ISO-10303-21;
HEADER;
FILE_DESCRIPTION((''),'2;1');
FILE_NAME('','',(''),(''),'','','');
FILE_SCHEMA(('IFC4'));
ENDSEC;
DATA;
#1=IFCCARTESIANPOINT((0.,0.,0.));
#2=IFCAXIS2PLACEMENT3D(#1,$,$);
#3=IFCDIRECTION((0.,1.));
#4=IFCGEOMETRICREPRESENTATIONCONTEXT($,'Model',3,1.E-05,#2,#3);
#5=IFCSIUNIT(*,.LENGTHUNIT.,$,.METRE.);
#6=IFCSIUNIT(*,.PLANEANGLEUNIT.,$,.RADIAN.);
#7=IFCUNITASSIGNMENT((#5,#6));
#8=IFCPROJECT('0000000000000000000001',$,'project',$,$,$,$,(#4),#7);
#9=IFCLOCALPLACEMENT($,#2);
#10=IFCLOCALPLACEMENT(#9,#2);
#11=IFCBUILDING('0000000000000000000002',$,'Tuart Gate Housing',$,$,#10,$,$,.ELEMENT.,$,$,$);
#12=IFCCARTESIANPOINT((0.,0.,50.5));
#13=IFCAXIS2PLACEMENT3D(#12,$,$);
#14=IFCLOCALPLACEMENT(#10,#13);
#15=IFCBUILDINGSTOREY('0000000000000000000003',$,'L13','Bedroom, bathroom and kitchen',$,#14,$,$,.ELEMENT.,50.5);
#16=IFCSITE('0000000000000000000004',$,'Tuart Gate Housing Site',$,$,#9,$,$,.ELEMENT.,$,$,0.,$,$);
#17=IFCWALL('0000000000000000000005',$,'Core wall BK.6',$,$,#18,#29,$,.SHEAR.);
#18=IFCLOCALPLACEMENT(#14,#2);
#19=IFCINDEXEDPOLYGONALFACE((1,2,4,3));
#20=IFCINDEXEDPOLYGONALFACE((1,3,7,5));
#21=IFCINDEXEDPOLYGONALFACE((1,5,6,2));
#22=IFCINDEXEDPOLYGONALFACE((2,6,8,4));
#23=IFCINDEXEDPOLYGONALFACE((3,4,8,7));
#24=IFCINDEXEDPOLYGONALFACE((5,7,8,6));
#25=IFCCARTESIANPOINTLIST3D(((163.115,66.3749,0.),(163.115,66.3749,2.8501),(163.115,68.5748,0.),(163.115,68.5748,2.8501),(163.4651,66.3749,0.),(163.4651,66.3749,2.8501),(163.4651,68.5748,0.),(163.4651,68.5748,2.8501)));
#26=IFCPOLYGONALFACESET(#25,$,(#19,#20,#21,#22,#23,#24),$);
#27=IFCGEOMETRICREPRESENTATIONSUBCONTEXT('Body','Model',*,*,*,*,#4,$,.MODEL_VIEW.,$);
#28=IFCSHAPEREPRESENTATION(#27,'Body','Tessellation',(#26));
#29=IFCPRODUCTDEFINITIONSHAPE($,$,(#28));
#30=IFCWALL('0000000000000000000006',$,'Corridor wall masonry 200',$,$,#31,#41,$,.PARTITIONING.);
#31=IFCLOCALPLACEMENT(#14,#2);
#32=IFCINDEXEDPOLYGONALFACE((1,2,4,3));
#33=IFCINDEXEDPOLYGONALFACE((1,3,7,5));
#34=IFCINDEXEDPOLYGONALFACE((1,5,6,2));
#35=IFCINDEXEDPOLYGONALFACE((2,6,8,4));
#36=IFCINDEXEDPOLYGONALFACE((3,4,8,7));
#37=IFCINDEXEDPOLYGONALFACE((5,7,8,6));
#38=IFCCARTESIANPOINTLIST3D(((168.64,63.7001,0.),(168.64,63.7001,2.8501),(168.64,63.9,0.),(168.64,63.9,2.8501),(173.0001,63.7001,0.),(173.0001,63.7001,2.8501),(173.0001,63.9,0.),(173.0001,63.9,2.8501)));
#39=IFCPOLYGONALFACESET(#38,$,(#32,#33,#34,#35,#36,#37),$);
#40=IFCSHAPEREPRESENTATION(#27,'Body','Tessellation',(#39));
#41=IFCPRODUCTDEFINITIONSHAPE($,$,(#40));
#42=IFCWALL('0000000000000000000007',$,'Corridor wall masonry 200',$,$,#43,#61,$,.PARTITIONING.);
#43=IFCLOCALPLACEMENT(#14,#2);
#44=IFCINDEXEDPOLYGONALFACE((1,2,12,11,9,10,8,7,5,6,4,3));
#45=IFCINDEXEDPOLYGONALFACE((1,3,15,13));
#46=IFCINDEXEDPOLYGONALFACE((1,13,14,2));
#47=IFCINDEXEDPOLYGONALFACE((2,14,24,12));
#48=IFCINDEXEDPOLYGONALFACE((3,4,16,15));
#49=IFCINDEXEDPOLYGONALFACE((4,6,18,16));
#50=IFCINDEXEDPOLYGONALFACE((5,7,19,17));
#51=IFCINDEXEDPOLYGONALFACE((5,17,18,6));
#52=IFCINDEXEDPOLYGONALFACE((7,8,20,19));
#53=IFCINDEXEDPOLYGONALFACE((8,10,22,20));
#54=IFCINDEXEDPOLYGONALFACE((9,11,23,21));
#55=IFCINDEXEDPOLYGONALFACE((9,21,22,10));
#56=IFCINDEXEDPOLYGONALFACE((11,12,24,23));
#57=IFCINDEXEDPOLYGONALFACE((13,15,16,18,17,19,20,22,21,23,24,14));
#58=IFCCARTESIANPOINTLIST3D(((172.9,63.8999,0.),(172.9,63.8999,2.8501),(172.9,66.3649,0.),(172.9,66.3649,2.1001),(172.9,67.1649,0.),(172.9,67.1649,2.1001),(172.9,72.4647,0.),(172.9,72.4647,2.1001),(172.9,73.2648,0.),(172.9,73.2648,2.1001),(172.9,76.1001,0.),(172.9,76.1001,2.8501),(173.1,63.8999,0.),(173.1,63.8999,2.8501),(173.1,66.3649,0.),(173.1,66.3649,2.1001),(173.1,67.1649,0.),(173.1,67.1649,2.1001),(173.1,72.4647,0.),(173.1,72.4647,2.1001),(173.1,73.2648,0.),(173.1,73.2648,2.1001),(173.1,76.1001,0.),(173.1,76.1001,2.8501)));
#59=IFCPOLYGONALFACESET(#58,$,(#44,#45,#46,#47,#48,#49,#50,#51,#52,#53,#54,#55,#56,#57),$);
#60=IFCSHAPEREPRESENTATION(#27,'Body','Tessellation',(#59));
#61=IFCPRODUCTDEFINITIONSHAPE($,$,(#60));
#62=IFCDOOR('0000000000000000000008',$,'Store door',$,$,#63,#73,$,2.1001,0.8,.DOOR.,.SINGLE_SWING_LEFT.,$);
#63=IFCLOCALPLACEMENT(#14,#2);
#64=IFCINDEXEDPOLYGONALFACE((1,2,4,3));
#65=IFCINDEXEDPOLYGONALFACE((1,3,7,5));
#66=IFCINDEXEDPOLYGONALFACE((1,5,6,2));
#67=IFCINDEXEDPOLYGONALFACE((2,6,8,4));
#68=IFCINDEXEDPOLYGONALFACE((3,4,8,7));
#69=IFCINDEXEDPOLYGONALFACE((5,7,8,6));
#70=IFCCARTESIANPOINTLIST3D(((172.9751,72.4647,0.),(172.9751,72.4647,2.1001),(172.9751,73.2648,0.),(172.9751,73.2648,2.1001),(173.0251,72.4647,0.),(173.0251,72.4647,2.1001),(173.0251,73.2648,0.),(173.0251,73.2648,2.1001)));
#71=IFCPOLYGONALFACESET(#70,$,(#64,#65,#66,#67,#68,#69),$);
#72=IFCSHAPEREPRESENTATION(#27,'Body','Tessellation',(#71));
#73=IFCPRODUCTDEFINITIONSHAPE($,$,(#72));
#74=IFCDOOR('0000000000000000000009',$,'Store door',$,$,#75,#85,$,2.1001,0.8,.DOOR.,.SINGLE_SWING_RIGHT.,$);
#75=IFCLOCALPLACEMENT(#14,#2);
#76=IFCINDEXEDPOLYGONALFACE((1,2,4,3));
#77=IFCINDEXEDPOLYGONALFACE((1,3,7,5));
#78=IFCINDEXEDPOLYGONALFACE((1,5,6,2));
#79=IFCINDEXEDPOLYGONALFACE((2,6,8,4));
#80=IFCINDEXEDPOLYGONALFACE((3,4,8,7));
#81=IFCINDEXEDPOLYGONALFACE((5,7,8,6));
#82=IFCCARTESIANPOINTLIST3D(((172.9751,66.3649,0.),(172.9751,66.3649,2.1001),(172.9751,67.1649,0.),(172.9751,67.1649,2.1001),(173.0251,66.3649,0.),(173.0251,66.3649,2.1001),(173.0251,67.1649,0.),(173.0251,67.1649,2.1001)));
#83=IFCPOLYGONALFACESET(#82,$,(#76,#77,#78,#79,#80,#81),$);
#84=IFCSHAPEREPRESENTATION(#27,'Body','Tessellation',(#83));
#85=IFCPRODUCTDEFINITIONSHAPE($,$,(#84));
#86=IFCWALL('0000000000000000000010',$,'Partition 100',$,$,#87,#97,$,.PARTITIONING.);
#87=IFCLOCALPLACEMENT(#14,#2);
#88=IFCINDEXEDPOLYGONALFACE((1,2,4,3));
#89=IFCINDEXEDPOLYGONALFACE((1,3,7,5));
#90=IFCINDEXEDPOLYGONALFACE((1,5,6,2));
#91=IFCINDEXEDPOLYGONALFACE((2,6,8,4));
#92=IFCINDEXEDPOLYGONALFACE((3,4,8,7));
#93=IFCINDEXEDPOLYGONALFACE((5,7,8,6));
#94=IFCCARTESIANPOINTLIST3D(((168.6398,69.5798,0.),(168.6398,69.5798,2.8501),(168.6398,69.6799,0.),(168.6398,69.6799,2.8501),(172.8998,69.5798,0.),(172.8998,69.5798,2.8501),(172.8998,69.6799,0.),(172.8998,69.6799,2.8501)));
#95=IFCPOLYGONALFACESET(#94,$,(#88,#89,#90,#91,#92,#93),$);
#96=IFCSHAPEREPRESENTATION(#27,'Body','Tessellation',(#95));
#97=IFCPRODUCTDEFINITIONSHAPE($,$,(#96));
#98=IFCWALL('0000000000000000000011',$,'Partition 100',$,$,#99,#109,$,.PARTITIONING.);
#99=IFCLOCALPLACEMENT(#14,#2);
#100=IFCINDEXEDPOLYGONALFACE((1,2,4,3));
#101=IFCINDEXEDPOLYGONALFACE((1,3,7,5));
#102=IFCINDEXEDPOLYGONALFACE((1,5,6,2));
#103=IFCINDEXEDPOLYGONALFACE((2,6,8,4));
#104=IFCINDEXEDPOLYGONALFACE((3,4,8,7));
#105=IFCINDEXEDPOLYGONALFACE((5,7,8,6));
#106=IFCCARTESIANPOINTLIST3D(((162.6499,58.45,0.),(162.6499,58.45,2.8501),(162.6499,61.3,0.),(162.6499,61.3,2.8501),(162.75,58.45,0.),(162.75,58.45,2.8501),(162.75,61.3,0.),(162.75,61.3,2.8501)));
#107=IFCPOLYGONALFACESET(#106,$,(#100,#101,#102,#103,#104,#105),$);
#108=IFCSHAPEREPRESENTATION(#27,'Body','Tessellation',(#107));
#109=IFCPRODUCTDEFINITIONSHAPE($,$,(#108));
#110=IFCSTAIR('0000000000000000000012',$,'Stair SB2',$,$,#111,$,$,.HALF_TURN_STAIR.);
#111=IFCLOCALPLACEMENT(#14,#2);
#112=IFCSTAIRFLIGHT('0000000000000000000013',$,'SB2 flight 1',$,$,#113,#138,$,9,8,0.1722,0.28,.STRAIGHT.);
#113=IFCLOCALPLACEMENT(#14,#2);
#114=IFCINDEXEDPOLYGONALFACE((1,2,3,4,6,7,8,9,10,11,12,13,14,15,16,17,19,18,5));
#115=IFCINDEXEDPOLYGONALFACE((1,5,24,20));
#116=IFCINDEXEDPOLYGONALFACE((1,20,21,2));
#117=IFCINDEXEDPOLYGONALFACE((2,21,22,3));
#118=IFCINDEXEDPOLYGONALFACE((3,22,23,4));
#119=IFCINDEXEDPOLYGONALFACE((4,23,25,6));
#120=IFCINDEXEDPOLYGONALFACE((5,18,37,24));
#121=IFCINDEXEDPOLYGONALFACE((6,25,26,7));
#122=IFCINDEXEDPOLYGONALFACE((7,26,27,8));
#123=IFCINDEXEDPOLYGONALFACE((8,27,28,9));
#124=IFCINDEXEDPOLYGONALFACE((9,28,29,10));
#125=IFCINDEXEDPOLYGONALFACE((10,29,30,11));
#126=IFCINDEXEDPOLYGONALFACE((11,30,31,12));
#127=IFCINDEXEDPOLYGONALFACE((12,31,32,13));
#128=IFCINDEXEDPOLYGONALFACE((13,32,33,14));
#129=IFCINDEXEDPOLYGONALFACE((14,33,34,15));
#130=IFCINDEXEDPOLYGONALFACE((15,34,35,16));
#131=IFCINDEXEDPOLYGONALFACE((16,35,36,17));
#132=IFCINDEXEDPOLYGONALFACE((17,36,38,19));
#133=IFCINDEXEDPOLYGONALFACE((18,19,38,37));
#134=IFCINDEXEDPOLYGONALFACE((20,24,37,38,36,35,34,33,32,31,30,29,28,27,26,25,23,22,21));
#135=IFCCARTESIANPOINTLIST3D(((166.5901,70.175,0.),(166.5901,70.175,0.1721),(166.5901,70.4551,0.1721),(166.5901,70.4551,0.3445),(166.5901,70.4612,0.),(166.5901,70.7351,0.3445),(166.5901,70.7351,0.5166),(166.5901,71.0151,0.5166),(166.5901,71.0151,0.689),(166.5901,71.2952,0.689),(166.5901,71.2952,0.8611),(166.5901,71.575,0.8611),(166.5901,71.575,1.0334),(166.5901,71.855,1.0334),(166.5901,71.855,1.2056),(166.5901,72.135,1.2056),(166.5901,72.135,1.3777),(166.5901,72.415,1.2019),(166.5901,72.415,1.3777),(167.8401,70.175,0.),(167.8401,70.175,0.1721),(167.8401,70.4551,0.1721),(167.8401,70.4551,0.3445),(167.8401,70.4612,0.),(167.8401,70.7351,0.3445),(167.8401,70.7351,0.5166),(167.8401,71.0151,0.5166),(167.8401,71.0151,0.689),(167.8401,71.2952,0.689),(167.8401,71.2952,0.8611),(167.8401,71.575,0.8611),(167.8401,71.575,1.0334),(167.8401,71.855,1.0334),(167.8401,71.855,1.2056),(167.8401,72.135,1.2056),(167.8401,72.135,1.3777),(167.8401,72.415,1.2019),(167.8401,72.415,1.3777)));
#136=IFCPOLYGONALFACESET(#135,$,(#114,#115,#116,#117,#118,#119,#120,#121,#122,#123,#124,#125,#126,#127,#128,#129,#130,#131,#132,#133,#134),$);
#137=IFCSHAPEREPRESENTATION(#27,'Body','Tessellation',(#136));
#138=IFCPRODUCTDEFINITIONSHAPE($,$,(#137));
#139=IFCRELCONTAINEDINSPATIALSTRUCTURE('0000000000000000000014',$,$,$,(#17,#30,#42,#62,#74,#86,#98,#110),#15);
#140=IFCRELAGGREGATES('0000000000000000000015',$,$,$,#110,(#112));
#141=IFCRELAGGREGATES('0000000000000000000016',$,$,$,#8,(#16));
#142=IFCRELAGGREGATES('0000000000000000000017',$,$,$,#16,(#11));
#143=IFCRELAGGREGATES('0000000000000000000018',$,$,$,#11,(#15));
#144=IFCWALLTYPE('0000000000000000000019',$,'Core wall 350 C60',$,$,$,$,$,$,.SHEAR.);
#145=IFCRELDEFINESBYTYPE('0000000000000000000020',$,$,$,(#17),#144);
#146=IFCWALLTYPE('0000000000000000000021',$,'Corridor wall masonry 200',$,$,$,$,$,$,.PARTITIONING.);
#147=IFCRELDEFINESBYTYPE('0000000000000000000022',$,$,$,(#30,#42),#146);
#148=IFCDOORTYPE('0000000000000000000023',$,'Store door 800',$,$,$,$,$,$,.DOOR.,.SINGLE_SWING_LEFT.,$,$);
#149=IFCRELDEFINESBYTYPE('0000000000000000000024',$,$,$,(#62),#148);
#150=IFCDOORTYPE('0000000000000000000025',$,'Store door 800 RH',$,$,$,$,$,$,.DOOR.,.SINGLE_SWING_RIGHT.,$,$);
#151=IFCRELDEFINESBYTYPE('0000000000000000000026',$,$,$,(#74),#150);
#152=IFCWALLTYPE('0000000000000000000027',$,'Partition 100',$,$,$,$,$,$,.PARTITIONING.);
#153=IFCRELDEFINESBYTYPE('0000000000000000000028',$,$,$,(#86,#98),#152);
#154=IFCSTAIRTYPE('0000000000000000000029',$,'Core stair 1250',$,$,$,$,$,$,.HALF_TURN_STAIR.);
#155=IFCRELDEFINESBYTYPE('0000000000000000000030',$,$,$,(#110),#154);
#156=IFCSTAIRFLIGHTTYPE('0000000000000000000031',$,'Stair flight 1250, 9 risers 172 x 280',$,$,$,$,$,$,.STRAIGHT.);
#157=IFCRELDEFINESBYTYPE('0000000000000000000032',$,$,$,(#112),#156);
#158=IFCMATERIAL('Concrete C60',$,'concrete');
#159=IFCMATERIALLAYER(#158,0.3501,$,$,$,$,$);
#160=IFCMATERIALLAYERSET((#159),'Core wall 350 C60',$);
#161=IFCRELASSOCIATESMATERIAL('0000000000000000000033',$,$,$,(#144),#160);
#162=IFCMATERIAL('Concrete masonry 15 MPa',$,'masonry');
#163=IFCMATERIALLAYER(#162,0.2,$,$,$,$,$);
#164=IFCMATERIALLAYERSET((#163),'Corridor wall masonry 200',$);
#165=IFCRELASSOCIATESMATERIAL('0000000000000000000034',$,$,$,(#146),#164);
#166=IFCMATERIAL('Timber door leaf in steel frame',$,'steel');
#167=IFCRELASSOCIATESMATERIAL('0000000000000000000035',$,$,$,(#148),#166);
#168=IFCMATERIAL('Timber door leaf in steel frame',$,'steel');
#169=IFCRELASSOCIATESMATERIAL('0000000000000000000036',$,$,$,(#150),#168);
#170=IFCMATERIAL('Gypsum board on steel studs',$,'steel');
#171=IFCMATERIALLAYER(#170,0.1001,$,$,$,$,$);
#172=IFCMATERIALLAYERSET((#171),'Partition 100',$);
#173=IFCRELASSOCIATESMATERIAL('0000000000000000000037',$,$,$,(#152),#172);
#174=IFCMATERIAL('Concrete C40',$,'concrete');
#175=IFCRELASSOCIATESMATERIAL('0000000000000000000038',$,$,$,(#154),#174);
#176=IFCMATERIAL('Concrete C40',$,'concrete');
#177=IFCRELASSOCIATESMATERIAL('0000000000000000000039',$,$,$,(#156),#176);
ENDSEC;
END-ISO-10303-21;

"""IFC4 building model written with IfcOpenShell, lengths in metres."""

from ifc_helpers import new_model, si_unit, direction, frame, frame_2d, origin, place, context, subcontext, project, spatial, polyline, rectangle, outline, extrude, material, layer, layer_set, type_object, element, fill, aggregate, save


model = new_model("IFC4")

# Units and contexts
model_context = context("Model", 3, precision=1e-05, world=origin(), true_north=direction((0.0, 1.0)))
body_context = subcontext(model_context, "Body", "Model", "MODEL_VIEW")
ifc_project = project(units=[si_unit("LENGTHUNIT", "METRE"), si_unit("PLANEANGLEUNIT", "RADIAN")], contexts=[model_context])

# Site, building, storey
site_placement = place(None, origin())
site = spatial("IfcSite", under=ifc_project, at=site_placement, Name="Tuart Gate Housing Site", CompositionType="ELEMENT", RefElevation=0.0)
building_placement = place(site_placement, origin())
building = spatial("IfcBuilding", under=site, at=building_placement, Name="Tuart Gate Housing", CompositionType="ELEMENT")
storey_placement = place(building_placement, frame((0.0, 0.0, 50.5)))
storey = spatial("IfcBuildingStorey", under=building, at=storey_placement, Name="L13", Description="Bedroom, bathroom and kitchen", CompositionType="ELEMENT", Elevation=50.5)

# Walls
ifc_material_1 = material(Name="Concrete C60", Category="concrete")
ifc_layer_1 = layer(ifc_material_1, 0.3501)
ifc_layer_set_1 = layer_set([ifc_layer_1], Name="Core wall 350 C60")
wall_type_1 = type_object("IfcWallType", Name="Core wall 350 C60", PredefinedType="SHEAR", material=ifc_layer_set_1)
wall_1_placement = place(storey_placement, frame((163.29, 68.575, 0.0), z_axis=(0.0, 0.0, 1.0), x_axis=(0.0, -1.0, 0.0)))
element("IfcWall", 1, at=wall_1_placement, inside=storey, type_object=wall_type_1, Name="Core wall BK.6", PredefinedType="SHEAR", context=body_context, shape_type="SweptSolid", body=[
    extrude(rectangle(XDim=2.2, YDim=0.3501, at=frame_2d((1.1001, 0.0))), origin(), (0.0, 0.0, 1.0), 2.8501),
])
ifc_material_2 = material(Name="Concrete masonry 15 MPa", Category="masonry")
ifc_layer_2 = layer(ifc_material_2, 0.2)
ifc_layer_set_2 = layer_set([ifc_layer_2], Name="Corridor wall masonry 200")
wall_type_2 = type_object("IfcWallType", Name="Corridor wall masonry 200", PredefinedType="PARTITIONING", material=ifc_layer_set_2)
wall_2_placement = place(storey_placement, frame((168.6399, 63.8, 0.0), z_axis=(0.0, 0.0, 1.0), x_axis=(1.0, 0.0, 0.0)))
element("IfcWall", 2, at=wall_2_placement, inside=storey, type_object=wall_type_2, Name="Corridor wall masonry 200", PredefinedType="PARTITIONING", context=body_context, shape_type="SweptSolid", body=[
    extrude(rectangle(XDim=4.3601, YDim=0.2, at=frame_2d((2.1802, 0.0))), origin(), (0.0, 0.0, 1.0), 2.8501),
])

# Wall, openings, doors
wall_3_placement = place(storey_placement, frame((173.0, 63.8999, 0.0), z_axis=(0.0, 0.0, 1.0), x_axis=(0.0, 1.0, 0.0)))
wall_3 = element("IfcWall", 3, at=wall_3_placement, inside=storey, type_object=wall_type_2, Name="Corridor wall masonry 200", PredefinedType="PARTITIONING", context=body_context, shape_type="SweptSolid", body=[
    extrude(rectangle(XDim=12.2002, YDim=0.2, at=frame_2d((6.1001, 0.0))), origin(), (0.0, 0.0, 1.0), 2.8501),
])
opening_1_placement = place(wall_3_placement, frame((2.4651, 0.0, 0.0)))
opening_1 = element("IfcOpeningElement", 4, at=opening_1_placement, cuts=wall_3, PredefinedType="OPENING", context=body_context, shape_type="SweptSolid", body=[
    extrude(rectangle(XDim=0.8, YDim=2.1001, at=frame_2d((0.3999, 1.05))), frame((0.0, 0.1099, 0.0), z_axis=(0.0, -1.0, 0.0), x_axis=(1.0, 0.0, 0.0)), (0.0, 0.0, 1.0), 0.22),
])
opening_2_placement = place(wall_3_placement, frame((8.5649, 0.0, 0.0)))
opening_2 = element("IfcOpeningElement", 5, at=opening_2_placement, cuts=wall_3, PredefinedType="OPENING", context=body_context, shape_type="SweptSolid", body=[
    extrude(rectangle(XDim=0.8, YDim=2.1001, at=frame_2d((0.3999, 1.05))), frame((0.0, 0.1099, 0.0), z_axis=(0.0, -1.0, 0.0), x_axis=(1.0, 0.0, 0.0)), (0.0, 0.0, 1.0), 0.22),
])
ifc_material_3 = material(Name="Timber door leaf in steel frame", Category="steel")
door_type_1 = type_object("IfcDoorType", Name="Store door 800", OperationType="SINGLE_SWING_LEFT", PredefinedType="DOOR", material=ifc_material_3)
door_1_placement = place(opening_2_placement, origin())
door_1 = element("IfcDoor", 6, at=door_1_placement, inside=storey, type_object=door_type_1, Name="Store door", OperationType="SINGLE_SWING_LEFT", OverallHeight=2.1001, OverallWidth=0.8, PredefinedType="DOOR", context=body_context, shape_type="SweptSolid", body=[
    extrude(rectangle(XDim=0.8, YDim=2.1001, at=frame_2d((0.3999, 1.05))), frame((0.0, 0.0249, 0.0), z_axis=(0.0, -1.0, 0.0), x_axis=(1.0, 0.0, 0.0)), (0.0, 0.0, 1.0), 0.05),
])
fill(opening_2, door_1)
ifc_material_4 = material(Name="Timber door leaf in steel frame", Category="steel")
door_type_2 = type_object("IfcDoorType", Name="Store door 800 RH", OperationType="SINGLE_SWING_RIGHT", PredefinedType="DOOR", material=ifc_material_4)
door_2_placement = place(opening_1_placement, origin())
door_2 = element("IfcDoor", 7, at=door_2_placement, inside=storey, type_object=door_type_2, Name="Store door", OperationType="SINGLE_SWING_RIGHT", OverallHeight=2.1001, OverallWidth=0.8, PredefinedType="DOOR", context=body_context, shape_type="SweptSolid", body=[
    extrude(rectangle(XDim=0.8, YDim=2.1001, at=frame_2d((0.3999, 1.05))), frame((0.0, 0.0249, 0.0), z_axis=(0.0, -1.0, 0.0), x_axis=(1.0, 0.0, 0.0)), (0.0, 0.0, 1.0), 0.05),
])
fill(opening_1, door_2)

# Walls
ifc_material_5 = material(Name="Gypsum board on steel studs", Category="steel")
ifc_layer_3 = layer(ifc_material_5, 0.1001)
ifc_layer_set_3 = layer_set([ifc_layer_3], Name="Partition 100")
wall_type_3 = type_object("IfcWallType", Name="Partition 100", PredefinedType="PARTITIONING", material=ifc_layer_set_3)
wall_4_placement = place(storey_placement, frame((168.6399, 69.6299, 0.0), z_axis=(0.0, 0.0, 1.0), x_axis=(1.0, 0.0, 0.0)))
element("IfcWall", 8, at=wall_4_placement, inside=storey, type_object=wall_type_3, Name="Partition 100", PredefinedType="PARTITIONING", context=body_context, shape_type="SweptSolid", body=[
    extrude(rectangle(XDim=4.26, YDim=0.1001, at=frame_2d((2.1299, 0.0))), origin(), (0.0, 0.0, 1.0), 2.8501),
])
wall_5_placement = place(storey_placement, frame((162.7, 58.45, 0.0), z_axis=(0.0, 0.0, 1.0), x_axis=(0.0, 1.0, 0.0)))
element("IfcWall", 9, at=wall_5_placement, inside=storey, type_object=wall_type_3, Name="Partition 100", PredefinedType="PARTITIONING", context=body_context, shape_type="SweptSolid", body=[
    extrude(rectangle(XDim=2.8501, YDim=0.1001, at=frame_2d((1.425, 0.0))), origin(), (0.0, 0.0, 1.0), 2.8501),
])

# Stair, stair flight
ifc_material_6 = material(Name="Concrete C40", Category="concrete")
stair_type = type_object("IfcStairType", Name="Core stair 1250", PredefinedType="HALF_TURN_STAIR", material=ifc_material_6)
stair_placement = place(storey_placement, origin())
stair = element("IfcStair", 10, at=stair_placement, inside=storey, type_object=stair_type, Name="Stair SB2", PredefinedType="HALF_TURN_STAIR")
ifc_material_7 = material(Name="Concrete C40", Category="concrete")
stair_flight_type = type_object("IfcStairFlightType", Name="Stair flight 1250, 9 risers 172 x 280", PredefinedType="STRAIGHT", material=ifc_material_7)
stair_flight_placement = place(storey_placement, frame((167.2151, 70.175, 0.0), z_axis=(0.0, 0.0, 1.0), x_axis=(0.0, 1.0, 0.0)))
stair_flight = element("IfcStairFlight", 11, at=stair_flight_placement, type_object=stair_flight_type, Name="SB2 flight 1", NumberOfRisers=9, NumberOfTreads=8, PredefinedType="STRAIGHT", RiserHeight=0.1722, TreadLength=0.28, context=body_context, shape_type="SweptSolid", body=[
    extrude(outline(polyline([(0.0, 0.0), (0.0, 0.1721), (0.28, 0.1721), (0.28, 0.3445), (0.5601, 0.3445), (0.5601, 0.5166), (0.8401, 0.5166), (0.8401, 0.689), (1.1201, 0.689), (1.1201, 0.8611), (1.3999, 0.8611), (1.3999, 1.0334), (1.6799, 1.0334), (1.6799, 1.2056), (1.96, 1.2056), (1.96, 1.3777), (2.24, 1.3777), (2.24, 1.55), (2.24, 1.2019), (0.2861, 0.0), (0.0, 0.0)])), frame((0.0, 0.625, 0.0), z_axis=(0.0, -1.0, 0.0), x_axis=(1.0, 0.0, 0.0)), (0.0, 0.0, 1.0), 1.25),
])
aggregate(stair, [stair_flight])

save(model, "model.ifc")
